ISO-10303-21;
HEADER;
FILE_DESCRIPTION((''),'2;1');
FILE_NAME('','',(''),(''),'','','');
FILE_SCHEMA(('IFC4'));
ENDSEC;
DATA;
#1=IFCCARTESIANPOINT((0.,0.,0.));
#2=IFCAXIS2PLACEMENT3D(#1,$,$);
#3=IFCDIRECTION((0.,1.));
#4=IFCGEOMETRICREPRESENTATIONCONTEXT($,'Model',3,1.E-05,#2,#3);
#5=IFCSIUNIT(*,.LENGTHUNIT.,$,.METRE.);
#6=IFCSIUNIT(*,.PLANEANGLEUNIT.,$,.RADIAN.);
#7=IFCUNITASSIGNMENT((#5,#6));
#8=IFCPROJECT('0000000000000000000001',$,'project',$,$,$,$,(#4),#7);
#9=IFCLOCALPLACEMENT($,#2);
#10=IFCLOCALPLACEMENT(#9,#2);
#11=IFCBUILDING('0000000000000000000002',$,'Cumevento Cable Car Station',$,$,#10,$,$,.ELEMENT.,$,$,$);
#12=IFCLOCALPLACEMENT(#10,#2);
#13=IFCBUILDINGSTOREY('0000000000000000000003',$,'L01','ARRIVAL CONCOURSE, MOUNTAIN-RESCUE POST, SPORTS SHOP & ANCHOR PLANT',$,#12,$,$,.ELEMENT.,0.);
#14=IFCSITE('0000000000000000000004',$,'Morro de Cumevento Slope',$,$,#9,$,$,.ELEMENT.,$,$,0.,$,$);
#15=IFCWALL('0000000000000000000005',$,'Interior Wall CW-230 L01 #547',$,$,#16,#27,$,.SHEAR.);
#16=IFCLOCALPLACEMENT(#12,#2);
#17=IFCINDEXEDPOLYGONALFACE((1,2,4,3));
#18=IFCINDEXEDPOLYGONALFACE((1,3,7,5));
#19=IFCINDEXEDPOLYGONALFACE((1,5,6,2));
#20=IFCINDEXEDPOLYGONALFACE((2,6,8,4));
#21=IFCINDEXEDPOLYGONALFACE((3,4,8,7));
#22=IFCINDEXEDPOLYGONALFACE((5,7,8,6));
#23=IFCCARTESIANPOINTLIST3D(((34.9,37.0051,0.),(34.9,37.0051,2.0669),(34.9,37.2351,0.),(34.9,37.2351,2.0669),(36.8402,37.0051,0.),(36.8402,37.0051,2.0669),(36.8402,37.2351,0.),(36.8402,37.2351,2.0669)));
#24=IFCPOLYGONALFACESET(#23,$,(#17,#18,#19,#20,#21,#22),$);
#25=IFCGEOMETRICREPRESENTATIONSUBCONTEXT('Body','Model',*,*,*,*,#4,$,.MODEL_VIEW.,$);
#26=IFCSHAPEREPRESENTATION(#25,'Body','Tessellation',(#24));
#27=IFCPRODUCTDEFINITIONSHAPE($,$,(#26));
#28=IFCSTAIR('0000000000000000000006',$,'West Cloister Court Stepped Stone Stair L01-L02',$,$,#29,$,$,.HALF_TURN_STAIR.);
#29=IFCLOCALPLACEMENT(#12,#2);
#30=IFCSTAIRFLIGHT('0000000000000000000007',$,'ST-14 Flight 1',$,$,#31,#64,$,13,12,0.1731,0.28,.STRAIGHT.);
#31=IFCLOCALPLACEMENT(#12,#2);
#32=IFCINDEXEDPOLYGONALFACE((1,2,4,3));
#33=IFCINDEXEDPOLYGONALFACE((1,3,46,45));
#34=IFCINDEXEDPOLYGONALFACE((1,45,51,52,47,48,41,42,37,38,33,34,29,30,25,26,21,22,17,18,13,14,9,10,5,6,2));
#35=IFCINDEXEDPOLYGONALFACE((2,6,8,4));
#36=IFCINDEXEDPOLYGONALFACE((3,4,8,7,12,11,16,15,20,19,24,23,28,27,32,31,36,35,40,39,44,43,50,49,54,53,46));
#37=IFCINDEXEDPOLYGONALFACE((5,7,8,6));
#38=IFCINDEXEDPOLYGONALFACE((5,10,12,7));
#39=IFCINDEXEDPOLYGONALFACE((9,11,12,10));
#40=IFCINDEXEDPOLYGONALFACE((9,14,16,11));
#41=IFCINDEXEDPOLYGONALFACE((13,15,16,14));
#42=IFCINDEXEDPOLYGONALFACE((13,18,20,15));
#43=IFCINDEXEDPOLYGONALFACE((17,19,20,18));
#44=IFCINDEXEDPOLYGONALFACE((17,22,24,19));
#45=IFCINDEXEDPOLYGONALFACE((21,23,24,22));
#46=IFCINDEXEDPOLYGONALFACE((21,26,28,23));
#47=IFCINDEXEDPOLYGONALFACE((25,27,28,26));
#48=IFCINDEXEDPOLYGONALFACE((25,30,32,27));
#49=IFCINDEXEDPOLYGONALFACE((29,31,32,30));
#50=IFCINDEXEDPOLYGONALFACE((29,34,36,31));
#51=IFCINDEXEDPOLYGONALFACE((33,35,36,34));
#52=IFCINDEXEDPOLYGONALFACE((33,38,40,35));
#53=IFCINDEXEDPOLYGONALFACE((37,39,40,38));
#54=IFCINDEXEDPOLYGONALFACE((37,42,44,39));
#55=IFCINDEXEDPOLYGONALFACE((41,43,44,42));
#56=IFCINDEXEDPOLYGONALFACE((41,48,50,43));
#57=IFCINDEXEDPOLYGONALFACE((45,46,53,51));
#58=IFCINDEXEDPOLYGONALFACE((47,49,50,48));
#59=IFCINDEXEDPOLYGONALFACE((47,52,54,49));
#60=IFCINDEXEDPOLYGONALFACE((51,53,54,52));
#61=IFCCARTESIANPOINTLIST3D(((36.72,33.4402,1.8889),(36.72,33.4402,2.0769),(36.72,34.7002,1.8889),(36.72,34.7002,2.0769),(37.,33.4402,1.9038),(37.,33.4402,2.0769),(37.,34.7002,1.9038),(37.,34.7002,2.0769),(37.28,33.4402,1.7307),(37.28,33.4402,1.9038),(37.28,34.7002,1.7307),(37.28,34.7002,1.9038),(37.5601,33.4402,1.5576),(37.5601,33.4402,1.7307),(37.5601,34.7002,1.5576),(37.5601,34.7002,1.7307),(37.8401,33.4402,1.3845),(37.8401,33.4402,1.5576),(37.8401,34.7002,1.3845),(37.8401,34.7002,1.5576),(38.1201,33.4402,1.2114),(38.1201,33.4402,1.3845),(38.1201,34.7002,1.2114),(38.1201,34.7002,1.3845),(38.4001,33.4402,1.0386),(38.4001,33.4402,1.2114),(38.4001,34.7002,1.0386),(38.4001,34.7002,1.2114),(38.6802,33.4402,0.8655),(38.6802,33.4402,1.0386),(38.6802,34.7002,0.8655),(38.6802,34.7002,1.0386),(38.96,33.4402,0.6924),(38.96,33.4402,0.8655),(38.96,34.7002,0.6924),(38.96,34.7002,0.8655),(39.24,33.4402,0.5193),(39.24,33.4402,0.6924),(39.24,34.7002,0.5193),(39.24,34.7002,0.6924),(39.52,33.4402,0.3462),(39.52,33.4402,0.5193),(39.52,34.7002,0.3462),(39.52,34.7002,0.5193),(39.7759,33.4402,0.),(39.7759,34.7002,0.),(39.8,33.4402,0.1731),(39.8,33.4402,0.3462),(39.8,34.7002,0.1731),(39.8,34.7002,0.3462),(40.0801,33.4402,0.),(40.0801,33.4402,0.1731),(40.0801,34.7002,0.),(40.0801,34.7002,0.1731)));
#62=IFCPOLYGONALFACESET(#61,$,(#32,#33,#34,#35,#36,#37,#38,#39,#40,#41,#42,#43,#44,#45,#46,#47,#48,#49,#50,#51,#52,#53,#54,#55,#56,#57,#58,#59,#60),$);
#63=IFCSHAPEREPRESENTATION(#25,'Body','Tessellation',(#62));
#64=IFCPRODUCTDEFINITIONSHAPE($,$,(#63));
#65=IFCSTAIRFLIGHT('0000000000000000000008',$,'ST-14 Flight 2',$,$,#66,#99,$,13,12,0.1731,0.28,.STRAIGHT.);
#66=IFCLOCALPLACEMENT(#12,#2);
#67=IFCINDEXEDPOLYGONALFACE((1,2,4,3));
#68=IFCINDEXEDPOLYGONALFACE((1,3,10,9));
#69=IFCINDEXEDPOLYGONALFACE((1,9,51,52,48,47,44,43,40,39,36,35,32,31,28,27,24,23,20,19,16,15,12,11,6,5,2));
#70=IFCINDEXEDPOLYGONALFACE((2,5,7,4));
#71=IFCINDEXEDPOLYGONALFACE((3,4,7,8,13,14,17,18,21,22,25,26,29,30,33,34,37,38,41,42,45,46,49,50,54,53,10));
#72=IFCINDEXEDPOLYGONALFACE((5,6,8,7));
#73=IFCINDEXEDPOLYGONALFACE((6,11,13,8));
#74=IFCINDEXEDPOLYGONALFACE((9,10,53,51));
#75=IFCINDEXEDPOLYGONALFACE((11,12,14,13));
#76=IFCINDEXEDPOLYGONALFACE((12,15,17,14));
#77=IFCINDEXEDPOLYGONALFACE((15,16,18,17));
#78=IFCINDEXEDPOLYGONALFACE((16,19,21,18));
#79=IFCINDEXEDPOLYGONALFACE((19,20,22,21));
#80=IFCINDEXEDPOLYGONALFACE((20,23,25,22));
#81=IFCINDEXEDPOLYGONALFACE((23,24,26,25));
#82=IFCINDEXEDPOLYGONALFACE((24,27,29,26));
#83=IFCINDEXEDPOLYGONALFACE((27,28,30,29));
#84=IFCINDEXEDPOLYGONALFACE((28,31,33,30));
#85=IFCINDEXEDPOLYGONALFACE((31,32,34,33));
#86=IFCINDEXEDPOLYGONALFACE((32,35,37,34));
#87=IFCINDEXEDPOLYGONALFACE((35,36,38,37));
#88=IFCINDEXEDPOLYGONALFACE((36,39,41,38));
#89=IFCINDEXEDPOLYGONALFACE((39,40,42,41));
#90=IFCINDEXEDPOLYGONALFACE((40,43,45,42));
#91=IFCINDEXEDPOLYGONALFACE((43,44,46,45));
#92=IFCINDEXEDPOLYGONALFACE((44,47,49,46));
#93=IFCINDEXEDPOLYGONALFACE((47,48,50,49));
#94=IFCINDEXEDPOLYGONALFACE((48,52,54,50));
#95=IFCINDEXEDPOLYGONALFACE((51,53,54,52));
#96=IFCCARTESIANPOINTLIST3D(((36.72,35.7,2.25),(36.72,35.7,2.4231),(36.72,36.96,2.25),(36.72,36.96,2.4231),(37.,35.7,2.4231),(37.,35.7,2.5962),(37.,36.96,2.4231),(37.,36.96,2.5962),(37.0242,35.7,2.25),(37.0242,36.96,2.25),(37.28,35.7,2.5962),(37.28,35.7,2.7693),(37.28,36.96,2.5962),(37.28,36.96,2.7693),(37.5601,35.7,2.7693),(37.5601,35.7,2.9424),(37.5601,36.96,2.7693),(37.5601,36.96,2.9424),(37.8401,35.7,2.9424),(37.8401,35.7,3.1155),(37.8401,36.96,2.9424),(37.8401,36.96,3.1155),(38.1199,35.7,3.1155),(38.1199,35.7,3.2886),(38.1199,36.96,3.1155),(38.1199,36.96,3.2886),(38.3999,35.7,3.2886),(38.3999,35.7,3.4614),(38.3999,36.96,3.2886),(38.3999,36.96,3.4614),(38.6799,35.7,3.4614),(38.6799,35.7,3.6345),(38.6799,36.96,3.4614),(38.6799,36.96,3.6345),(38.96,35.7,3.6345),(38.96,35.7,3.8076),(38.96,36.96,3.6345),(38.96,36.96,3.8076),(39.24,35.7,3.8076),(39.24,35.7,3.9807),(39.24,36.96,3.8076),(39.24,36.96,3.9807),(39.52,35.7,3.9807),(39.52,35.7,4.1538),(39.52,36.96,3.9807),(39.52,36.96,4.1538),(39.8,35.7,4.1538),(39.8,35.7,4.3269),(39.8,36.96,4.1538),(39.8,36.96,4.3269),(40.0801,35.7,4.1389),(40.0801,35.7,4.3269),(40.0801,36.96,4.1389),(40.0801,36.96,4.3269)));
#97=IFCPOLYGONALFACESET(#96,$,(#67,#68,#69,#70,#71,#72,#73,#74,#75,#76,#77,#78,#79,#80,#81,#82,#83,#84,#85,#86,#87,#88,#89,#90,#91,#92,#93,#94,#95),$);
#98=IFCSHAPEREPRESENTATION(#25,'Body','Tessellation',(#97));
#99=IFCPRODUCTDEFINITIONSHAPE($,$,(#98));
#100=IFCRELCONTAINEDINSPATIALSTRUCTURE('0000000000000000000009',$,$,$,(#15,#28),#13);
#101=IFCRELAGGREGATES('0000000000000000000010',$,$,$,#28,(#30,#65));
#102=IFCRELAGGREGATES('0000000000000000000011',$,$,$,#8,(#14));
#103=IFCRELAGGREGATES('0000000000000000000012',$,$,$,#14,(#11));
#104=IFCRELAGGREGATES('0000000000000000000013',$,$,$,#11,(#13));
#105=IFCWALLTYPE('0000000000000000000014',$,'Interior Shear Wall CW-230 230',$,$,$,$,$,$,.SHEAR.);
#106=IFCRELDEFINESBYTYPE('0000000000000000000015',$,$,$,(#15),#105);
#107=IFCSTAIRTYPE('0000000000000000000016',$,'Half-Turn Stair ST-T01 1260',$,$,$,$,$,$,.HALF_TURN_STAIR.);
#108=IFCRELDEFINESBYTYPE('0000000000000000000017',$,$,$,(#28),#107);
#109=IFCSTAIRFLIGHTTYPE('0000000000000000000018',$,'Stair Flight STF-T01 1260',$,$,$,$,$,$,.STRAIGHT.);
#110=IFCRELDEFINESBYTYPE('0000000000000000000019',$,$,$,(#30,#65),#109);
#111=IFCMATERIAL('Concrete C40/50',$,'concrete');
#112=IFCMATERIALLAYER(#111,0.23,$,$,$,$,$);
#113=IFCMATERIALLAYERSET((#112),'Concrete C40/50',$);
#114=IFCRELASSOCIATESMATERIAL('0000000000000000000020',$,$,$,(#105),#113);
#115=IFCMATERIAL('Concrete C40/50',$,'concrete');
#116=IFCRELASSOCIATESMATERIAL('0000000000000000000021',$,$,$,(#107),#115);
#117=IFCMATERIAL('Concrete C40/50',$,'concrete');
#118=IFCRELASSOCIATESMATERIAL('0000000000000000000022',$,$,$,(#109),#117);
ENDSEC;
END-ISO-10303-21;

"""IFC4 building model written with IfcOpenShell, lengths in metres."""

from ifc_helpers import new_model, si_unit, direction, frame, frame_2d, origin, place, context, subcontext, project, spatial, polyline, rectangle, outline, extrude, material, layer, layer_set, type_object, element, aggregate, save


model = new_model("IFC4")

# Units and contexts
model_context = context("Model", 3, precision=1e-05, world=origin(), true_north=direction((0.0, 1.0)))
body_context = subcontext(model_context, "Body", "Model", "MODEL_VIEW")
ifc_project = project(units=[si_unit("LENGTHUNIT", "METRE"), si_unit("PLANEANGLEUNIT", "RADIAN")], contexts=[model_context])

# Site, building, storey
site_placement = place(None, origin())
site = spatial("IfcSite", under=ifc_project, at=site_placement, Name="Morro de Cumevento Slope", CompositionType="ELEMENT", RefElevation=0.0)
building_placement = place(site_placement, origin())
building = spatial("IfcBuilding", under=site, at=building_placement, Name="Cumevento Cable Car Station", CompositionType="ELEMENT")
storey_placement = place(building_placement, origin())
storey = spatial("IfcBuildingStorey", under=building, at=storey_placement, Name="L01", Description="ARRIVAL CONCOURSE, MOUNTAIN-RESCUE POST, SPORTS SHOP & ANCHOR PLANT", CompositionType="ELEMENT", Elevation=0.0)

# Wall
ifc_material_1 = material(Name="Concrete C40/50", Category="concrete")
ifc_layer = layer(ifc_material_1, 0.23)
ifc_layer_set = layer_set([ifc_layer], Name="Concrete C40/50")
wall_type = type_object("IfcWallType", Name="Interior Shear Wall CW-230 230", PredefinedType="SHEAR", material=ifc_layer_set)
wall_placement = place(storey_placement, frame((34.8999, 37.1201, 0.0), z_axis=(0.0, 0.0, 1.0), x_axis=(1.0, 0.0, 0.0)))
element("IfcWall", 1, at=wall_placement, inside=storey, type_object=wall_type, Name="Interior Wall CW-230 L01 #547", PredefinedType="SHEAR", context=body_context, shape_type="SweptSolid", body=[
    extrude(rectangle(XDim=1.9402, YDim=0.23, at=frame_2d((0.9702, 0.0))), origin(), (0.0, 0.0, 1.0), 2.0669),
])

# Stair, stair flights
ifc_material_2 = material(Name="Concrete C40/50", Category="concrete")
stair_type = type_object("IfcStairType", Name="Half-Turn Stair ST-T01 1260", PredefinedType="HALF_TURN_STAIR", material=ifc_material_2)
stair_placement = place(storey_placement, origin())
stair = element("IfcStair", 2, at=stair_placement, inside=storey, type_object=stair_type, Name="West Cloister Court Stepped Stone Stair L01-L02", PredefinedType="HALF_TURN_STAIR")
ifc_material_3 = material(Name="Concrete C40/50", Category="concrete")
stair_flight_type = type_object("IfcStairFlightType", Name="Stair Flight STF-T01 1260", PredefinedType="STRAIGHT", material=ifc_material_3)
stair_flight_1_placement = place(storey_placement, frame((40.0801, 34.0701, 0.0), z_axis=(0.0, 0.0, 1.0), x_axis=(-1.0, 0.0, 0.0)))
stair_flight_1 = element("IfcStairFlight", 3, at=stair_flight_1_placement, type_object=stair_flight_type, Name="ST-14 Flight 1", NumberOfRisers=13, NumberOfTreads=12, PredefinedType="STRAIGHT", RiserHeight=0.1731, TreadLength=0.28, context=body_context, shape_type="SweptSolid", body=[
    extrude(outline(polyline([(0.0, 0.0), (0.0, 0.1731), (0.28, 0.1731), (0.28, 0.3462), (0.5601, 0.3462), (0.5601, 0.5193), (0.8401, 0.5193), (0.8401, 0.6924), (1.1201, 0.6924), (1.1201, 0.8655), (1.3999, 0.8655), (1.3999, 1.0386), (1.6799, 1.0386), (1.6799, 1.2114), (1.96, 1.2114), (1.96, 1.3845), (2.24, 1.3845), (2.24, 1.5576), (2.52, 1.5576), (2.52, 1.7307), (2.8, 1.7307), (2.8, 1.9038), (3.0801, 1.9038), (3.0801, 2.0769), (3.3601, 2.0769), (3.3601, 2.25), (3.3601, 1.8889), (0.3042, 0.0), (0.0, 0.0)])), frame((0.0, 0.6299, 0.0), z_axis=(0.0, -1.0, 0.0), x_axis=(1.0, 0.0, 0.0)), (0.0, 0.0, 1.0), 1.26),
])
stair_flight_2_placement = place(storey_placement, frame((36.72, 36.3301, 2.25), z_axis=(0.0, 0.0, 1.0), x_axis=(1.0, 0.0, 0.0)))
stair_flight_2 = element("IfcStairFlight", 4, at=stair_flight_2_placement, type_object=stair_flight_type, Name="ST-14 Flight 2", NumberOfRisers=13, NumberOfTreads=12, PredefinedType="STRAIGHT", RiserHeight=0.1731, TreadLength=0.28, context=body_context, shape_type="SweptSolid", body=[
    extrude(outline(polyline([(0.0, 0.0), (0.0, 0.1731), (0.28, 0.1731), (0.28, 0.3462), (0.5601, 0.3462), (0.5601, 0.5193), (0.8401, 0.5193), (0.8401, 0.6924), (1.1201, 0.6924), (1.1201, 0.8655), (1.3999, 0.8655), (1.3999, 1.0386), (1.6799, 1.0386), (1.6799, 1.2114), (1.96, 1.2114), (1.96, 1.3845), (2.24, 1.3845), (2.24, 1.5576), (2.52, 1.5576), (2.52, 1.7307), (2.8, 1.7307), (2.8, 1.9038), (3.0801, 1.9038), (3.0801, 2.0769), (3.3601, 2.0769), (3.3601, 2.25), (3.3601, 1.8889), (0.3042, 0.0), (0.0, 0.0)])), frame((0.0, 0.6299, 0.0), z_axis=(0.0, -1.0, 0.0), x_axis=(1.0, 0.0, 0.0)), (0.0, 0.0, 1.0), 1.26),
])
aggregate(stair, [stair_flight_1, stair_flight_2])

save(model, "model.ifc")
